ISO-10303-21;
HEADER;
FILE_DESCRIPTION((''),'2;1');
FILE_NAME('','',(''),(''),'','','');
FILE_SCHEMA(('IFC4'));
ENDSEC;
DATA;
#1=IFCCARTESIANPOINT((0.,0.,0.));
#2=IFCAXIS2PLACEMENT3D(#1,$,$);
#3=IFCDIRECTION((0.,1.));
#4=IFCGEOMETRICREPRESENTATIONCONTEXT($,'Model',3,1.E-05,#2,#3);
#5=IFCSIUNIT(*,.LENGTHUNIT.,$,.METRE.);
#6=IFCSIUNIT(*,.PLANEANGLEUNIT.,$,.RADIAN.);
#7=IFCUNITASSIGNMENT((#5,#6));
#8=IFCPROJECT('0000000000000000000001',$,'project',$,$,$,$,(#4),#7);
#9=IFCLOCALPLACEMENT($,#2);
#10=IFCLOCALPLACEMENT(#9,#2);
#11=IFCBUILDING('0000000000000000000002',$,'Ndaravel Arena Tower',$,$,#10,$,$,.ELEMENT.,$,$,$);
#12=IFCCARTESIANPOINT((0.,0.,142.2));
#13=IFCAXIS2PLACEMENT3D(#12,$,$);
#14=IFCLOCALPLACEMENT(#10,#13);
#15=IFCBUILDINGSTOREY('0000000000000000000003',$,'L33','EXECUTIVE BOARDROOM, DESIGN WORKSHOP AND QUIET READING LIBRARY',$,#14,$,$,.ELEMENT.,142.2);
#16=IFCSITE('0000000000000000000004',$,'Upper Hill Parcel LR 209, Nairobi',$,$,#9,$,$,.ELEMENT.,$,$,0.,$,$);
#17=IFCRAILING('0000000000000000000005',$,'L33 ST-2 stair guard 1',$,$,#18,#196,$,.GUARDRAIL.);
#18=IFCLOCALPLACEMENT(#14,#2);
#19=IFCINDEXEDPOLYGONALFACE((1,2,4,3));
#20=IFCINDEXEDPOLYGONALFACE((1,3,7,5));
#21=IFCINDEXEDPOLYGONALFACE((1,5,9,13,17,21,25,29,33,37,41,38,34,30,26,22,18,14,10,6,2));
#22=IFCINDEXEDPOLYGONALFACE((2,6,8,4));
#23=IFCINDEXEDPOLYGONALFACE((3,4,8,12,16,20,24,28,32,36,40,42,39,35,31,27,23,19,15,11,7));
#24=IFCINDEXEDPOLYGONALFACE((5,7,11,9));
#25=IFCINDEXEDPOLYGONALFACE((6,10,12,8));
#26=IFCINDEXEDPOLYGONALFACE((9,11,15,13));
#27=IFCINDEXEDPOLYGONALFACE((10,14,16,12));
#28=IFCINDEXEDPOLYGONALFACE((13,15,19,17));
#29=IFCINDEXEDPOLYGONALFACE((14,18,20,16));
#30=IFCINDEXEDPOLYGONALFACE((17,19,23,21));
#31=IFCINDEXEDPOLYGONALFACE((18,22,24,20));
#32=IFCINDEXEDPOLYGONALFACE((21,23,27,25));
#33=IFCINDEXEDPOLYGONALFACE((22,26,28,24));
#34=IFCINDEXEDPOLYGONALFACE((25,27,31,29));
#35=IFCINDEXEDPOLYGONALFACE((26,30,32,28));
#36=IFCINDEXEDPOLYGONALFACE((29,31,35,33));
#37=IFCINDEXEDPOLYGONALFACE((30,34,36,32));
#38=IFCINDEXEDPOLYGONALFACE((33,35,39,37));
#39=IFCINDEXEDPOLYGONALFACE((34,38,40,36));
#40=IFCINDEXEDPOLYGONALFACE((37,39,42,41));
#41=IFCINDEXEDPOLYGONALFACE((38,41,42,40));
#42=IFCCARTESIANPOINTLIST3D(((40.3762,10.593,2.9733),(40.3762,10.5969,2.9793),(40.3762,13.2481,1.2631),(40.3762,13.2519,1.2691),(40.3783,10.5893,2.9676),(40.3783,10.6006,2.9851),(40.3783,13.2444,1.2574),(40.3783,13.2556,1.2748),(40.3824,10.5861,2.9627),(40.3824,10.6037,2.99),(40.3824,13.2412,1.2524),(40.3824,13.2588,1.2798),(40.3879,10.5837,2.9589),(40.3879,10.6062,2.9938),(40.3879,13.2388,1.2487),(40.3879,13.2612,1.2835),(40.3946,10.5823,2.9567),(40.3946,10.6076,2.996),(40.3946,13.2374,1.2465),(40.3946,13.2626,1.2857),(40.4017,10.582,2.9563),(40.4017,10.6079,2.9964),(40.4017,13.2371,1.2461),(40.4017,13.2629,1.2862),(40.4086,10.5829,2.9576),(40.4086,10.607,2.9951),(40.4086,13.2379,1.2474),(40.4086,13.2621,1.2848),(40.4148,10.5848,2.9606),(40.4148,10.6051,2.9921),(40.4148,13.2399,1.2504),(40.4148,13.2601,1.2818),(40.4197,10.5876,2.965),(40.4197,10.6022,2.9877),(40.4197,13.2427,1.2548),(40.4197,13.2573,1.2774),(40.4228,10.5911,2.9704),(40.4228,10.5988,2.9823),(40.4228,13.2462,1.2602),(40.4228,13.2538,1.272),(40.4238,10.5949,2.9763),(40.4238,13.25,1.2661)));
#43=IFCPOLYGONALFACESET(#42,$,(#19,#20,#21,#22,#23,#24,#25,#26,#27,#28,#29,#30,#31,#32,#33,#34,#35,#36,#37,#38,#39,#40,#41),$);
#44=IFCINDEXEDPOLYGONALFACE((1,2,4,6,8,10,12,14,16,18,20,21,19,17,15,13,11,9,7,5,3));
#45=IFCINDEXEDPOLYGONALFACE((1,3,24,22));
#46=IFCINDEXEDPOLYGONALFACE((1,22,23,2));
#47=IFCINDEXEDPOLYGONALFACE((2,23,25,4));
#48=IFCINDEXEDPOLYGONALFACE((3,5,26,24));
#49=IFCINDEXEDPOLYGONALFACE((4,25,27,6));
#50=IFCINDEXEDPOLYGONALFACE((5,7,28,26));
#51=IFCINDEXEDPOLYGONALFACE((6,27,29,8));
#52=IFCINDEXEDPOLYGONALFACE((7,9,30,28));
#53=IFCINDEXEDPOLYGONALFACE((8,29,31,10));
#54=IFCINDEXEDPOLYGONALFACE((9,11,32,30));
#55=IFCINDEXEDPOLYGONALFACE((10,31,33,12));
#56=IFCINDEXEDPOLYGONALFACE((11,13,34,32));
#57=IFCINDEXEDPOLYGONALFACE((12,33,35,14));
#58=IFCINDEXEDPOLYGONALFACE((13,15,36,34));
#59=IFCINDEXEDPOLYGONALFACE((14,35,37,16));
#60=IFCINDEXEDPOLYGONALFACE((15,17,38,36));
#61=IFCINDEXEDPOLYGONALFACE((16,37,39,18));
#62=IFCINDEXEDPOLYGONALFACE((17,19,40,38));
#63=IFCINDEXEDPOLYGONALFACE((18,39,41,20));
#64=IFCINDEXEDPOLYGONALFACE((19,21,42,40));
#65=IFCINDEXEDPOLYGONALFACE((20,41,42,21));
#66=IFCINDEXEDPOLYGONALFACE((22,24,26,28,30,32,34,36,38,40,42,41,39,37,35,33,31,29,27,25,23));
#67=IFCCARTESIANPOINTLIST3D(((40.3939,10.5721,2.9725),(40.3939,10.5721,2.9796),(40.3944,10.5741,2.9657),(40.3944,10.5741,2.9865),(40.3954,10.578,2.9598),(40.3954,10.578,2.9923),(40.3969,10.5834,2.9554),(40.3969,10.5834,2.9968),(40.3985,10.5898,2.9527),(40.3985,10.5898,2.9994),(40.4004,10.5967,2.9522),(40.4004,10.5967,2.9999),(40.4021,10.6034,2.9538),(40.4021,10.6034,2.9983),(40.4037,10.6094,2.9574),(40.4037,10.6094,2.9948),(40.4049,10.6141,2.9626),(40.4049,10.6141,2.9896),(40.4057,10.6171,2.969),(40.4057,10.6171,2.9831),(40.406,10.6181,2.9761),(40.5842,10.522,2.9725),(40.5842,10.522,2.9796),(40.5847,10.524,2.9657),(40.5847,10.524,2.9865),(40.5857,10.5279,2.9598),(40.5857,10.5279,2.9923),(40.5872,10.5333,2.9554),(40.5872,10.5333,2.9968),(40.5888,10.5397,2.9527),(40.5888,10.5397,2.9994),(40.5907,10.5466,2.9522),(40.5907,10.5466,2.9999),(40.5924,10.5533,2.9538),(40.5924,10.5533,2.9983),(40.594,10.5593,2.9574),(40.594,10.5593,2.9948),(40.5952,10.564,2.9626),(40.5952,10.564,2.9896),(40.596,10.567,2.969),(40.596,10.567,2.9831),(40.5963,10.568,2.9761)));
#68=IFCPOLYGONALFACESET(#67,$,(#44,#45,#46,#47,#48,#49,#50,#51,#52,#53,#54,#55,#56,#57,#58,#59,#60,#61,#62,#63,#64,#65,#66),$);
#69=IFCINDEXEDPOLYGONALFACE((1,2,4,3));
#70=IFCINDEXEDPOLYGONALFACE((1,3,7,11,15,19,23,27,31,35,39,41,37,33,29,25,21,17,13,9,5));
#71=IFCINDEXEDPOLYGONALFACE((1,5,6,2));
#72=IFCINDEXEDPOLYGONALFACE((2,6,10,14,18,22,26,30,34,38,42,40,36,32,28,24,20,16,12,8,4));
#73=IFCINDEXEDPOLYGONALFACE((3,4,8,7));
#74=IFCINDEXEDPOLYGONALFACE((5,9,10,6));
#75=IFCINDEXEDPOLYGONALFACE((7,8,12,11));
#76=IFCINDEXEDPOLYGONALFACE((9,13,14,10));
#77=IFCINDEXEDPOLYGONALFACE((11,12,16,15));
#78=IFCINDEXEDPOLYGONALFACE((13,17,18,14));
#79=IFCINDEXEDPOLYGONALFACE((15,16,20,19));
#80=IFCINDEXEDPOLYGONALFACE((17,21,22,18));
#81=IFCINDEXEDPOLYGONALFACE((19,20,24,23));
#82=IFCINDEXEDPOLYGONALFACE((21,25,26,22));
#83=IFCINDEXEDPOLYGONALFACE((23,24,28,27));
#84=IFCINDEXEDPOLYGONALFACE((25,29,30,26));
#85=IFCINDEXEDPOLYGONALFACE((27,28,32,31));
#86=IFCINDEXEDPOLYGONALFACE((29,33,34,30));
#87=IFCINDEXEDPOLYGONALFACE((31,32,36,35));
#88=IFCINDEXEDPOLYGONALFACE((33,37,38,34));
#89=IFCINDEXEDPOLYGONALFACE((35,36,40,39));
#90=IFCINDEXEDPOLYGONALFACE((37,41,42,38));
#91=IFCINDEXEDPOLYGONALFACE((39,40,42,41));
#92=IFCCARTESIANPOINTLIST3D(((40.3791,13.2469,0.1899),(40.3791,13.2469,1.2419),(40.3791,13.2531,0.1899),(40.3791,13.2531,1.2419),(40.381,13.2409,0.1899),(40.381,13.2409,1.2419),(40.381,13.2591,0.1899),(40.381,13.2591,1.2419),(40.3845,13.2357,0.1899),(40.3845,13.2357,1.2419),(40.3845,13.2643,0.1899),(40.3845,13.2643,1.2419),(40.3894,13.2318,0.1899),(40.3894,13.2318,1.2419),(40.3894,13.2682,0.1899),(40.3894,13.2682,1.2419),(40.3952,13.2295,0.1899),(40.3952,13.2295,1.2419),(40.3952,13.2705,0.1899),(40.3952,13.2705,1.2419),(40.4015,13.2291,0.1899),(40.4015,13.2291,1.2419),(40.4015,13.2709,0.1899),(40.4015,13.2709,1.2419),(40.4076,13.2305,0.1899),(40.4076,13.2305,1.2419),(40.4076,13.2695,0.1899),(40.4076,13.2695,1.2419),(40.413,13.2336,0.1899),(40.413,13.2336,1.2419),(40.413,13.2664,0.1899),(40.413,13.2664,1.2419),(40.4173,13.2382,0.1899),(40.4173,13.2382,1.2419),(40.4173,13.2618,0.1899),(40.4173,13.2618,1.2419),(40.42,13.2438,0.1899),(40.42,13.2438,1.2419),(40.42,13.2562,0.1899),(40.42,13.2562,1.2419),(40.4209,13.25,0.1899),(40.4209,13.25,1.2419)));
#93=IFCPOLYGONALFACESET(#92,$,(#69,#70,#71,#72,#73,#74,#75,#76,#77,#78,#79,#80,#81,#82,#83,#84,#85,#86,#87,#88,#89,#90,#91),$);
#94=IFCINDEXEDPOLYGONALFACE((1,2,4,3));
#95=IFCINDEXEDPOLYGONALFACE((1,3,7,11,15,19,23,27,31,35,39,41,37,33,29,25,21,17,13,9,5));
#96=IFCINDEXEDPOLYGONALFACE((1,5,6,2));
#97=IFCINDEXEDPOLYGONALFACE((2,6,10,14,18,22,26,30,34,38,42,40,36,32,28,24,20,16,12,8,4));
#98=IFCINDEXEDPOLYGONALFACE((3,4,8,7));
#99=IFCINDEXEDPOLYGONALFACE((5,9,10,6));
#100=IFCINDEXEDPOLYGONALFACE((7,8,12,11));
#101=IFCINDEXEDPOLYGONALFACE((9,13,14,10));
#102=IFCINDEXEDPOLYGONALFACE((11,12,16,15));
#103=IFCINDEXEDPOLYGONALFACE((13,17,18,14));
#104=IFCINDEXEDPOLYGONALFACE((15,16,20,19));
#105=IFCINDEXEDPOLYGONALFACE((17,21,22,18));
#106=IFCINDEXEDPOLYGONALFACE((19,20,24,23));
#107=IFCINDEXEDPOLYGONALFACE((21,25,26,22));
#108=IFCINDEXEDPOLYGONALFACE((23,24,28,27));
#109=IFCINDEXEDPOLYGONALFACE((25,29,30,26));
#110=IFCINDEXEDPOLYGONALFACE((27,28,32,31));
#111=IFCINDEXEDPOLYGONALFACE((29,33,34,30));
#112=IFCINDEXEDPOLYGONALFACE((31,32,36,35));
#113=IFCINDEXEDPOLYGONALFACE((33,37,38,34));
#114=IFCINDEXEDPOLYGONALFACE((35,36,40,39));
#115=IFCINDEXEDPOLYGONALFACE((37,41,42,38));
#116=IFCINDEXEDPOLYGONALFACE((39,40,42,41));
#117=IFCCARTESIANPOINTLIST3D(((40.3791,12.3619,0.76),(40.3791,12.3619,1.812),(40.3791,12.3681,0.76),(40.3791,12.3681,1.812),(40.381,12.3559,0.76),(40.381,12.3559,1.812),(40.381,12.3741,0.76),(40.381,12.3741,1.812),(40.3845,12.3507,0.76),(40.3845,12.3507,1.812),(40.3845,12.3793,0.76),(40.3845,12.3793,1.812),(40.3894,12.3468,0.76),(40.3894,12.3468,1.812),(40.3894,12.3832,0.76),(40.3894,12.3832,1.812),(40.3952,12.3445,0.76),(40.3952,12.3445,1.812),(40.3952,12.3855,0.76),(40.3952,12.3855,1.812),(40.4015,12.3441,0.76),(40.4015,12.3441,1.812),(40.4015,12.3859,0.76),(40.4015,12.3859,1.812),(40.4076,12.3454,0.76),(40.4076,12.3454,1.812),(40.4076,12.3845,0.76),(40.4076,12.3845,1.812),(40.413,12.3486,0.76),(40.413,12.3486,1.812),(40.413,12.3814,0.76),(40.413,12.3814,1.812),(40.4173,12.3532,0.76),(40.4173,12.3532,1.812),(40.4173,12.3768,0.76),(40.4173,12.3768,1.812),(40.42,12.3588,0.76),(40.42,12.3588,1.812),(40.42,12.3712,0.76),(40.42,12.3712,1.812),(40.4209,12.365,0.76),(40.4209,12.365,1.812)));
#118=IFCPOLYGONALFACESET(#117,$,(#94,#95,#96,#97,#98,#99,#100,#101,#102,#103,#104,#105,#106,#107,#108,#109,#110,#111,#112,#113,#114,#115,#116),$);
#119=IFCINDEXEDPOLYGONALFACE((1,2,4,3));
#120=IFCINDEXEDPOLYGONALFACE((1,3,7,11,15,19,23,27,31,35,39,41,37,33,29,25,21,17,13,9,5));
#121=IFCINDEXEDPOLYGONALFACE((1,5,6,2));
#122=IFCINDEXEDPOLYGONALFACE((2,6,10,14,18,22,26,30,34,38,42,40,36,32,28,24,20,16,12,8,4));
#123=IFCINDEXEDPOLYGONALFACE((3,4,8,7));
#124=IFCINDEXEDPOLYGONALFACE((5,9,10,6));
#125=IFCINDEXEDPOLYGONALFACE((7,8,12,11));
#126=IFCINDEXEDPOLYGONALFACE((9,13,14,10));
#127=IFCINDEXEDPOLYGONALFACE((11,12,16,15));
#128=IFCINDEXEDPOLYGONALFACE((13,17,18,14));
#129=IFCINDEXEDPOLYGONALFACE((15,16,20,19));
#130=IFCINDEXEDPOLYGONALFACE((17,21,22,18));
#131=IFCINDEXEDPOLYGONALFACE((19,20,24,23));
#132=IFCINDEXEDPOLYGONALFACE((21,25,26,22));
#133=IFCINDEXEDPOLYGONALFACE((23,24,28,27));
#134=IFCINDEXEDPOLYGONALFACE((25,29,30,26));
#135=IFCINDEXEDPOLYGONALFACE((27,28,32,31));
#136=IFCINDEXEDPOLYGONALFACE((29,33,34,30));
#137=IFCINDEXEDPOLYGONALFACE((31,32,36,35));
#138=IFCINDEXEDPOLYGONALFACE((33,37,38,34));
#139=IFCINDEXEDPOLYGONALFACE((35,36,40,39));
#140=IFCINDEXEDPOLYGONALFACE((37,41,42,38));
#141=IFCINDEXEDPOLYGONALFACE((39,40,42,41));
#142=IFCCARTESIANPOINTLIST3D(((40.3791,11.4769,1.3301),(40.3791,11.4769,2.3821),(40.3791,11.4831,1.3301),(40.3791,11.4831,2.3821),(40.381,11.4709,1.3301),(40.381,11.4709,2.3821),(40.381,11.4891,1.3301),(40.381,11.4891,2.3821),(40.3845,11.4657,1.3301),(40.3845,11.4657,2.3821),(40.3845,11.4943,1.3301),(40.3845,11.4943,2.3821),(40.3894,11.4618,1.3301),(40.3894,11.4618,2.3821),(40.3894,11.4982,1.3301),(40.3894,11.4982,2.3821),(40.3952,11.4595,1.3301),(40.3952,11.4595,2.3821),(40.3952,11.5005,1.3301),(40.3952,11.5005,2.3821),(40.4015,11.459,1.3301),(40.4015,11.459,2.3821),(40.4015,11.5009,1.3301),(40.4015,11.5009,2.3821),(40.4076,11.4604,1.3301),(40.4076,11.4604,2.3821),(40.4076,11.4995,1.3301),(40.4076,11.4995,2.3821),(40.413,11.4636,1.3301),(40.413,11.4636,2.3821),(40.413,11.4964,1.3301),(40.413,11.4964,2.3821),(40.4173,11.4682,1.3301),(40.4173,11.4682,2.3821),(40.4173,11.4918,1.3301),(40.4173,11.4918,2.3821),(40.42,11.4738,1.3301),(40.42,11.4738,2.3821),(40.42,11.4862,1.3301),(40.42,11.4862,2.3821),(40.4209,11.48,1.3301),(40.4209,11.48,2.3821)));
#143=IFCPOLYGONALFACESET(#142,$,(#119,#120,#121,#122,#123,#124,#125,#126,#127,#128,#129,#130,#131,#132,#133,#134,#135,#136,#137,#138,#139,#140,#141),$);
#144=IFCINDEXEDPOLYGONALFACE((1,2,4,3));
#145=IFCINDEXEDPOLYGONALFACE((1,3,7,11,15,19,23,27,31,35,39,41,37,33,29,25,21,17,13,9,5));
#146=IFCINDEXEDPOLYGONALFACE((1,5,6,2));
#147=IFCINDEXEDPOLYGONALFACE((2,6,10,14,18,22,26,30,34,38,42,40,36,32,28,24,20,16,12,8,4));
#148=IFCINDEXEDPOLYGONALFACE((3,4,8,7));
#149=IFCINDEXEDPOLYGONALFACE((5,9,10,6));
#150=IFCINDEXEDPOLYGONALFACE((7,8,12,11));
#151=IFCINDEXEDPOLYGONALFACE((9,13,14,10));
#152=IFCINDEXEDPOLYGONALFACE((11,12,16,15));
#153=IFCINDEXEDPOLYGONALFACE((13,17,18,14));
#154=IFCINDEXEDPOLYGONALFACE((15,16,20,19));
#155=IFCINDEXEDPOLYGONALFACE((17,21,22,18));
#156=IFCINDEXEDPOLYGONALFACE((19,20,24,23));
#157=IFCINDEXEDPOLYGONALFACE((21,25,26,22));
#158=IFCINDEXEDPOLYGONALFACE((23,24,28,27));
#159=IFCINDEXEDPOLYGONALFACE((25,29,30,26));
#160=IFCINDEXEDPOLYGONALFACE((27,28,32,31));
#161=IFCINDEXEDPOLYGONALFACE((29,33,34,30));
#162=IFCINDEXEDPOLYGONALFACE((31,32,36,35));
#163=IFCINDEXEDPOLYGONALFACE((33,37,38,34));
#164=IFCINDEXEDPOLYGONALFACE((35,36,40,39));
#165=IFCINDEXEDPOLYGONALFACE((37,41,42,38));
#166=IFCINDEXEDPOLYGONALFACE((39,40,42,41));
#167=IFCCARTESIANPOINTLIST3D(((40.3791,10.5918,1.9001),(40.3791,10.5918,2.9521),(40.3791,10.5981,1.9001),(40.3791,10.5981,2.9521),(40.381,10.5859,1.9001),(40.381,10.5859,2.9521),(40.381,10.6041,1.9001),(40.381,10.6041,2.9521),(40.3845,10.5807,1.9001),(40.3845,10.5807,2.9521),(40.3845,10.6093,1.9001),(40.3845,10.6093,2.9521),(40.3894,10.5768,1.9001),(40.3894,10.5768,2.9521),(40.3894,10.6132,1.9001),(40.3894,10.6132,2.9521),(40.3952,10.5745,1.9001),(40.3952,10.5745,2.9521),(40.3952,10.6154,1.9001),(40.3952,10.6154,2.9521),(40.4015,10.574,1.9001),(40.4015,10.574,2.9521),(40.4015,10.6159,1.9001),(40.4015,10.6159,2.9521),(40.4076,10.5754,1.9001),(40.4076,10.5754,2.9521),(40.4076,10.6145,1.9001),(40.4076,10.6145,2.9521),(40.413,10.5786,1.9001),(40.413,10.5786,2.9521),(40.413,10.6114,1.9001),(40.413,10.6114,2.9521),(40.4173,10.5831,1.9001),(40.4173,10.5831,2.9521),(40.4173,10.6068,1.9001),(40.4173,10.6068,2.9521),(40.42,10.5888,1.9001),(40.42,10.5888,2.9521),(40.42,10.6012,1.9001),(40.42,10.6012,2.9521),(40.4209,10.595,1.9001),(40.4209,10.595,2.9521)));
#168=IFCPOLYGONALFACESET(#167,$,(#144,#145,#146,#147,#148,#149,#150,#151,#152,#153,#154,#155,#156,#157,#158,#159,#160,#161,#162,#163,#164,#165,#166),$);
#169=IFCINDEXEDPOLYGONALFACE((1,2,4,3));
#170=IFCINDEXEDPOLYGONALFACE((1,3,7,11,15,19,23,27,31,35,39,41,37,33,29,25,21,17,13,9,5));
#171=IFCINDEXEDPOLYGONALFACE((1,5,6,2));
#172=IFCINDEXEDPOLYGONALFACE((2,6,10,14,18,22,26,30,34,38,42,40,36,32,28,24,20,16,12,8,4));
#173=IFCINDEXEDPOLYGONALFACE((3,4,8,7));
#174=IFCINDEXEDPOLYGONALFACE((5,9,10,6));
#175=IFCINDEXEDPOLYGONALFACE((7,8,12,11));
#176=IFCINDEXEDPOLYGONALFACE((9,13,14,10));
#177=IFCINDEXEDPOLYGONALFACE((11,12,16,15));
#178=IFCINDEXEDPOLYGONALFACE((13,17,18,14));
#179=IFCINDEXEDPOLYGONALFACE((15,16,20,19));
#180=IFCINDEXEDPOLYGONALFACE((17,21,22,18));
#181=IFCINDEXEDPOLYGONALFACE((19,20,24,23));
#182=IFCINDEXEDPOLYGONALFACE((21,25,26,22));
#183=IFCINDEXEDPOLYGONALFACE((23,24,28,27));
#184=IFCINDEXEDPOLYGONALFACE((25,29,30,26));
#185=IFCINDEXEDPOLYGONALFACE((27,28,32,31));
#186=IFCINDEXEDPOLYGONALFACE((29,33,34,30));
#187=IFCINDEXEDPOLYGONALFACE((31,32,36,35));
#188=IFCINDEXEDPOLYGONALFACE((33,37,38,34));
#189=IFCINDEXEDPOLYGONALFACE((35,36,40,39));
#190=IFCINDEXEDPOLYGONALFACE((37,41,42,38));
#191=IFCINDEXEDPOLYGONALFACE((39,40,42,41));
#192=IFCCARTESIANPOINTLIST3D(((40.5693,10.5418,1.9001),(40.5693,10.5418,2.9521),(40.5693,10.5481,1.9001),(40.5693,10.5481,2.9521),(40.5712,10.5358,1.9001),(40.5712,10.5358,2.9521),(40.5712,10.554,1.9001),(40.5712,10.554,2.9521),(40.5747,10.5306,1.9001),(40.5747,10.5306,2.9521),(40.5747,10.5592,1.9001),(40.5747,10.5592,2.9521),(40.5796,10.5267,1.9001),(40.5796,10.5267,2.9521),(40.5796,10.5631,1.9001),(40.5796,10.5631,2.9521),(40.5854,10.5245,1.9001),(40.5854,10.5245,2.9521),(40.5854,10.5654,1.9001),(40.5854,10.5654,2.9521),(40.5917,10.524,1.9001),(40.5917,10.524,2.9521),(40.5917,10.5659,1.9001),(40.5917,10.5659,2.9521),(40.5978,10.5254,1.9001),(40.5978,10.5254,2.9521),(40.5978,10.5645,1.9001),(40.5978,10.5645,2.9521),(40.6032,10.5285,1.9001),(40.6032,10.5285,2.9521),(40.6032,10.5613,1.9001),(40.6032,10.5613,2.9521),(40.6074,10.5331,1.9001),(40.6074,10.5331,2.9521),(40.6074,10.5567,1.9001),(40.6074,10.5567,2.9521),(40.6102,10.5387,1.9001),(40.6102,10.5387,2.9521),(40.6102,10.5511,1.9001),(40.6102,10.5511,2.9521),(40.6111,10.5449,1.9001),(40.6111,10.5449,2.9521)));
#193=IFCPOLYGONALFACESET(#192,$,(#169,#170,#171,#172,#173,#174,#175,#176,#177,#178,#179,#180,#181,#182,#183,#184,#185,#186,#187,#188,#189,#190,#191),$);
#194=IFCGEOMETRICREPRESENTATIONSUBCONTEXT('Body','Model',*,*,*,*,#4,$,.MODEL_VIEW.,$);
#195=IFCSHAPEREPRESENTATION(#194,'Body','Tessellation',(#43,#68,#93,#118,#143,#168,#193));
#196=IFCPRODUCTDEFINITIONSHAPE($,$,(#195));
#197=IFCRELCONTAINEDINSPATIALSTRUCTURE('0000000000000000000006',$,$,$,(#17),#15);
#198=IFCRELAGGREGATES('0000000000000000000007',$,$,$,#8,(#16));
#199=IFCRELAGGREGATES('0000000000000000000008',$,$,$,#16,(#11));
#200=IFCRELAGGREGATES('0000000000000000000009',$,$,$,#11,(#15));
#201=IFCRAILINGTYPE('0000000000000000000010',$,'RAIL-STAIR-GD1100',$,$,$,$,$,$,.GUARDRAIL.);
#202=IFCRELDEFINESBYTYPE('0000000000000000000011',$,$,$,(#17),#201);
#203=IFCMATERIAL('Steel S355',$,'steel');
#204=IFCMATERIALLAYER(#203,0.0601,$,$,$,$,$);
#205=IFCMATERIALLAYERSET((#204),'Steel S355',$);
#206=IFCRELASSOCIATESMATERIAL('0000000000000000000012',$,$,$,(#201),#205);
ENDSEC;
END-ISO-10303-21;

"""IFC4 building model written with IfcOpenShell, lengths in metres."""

from ifc_helpers import new_model, si_unit, direction, frame, origin, origin_2d, place, context, subcontext, project, spatial, circle, extrude, material, layer, layer_set, type_object, element, save


model = new_model("IFC4")

# Units and contexts
model_context = context("Model", 3, precision=1e-05, world=origin(), true_north=direction((0.0, 1.0)))
body_context = subcontext(model_context, "Body", "Model", "MODEL_VIEW")
ifc_project = project(units=[si_unit("LENGTHUNIT", "METRE"), si_unit("PLANEANGLEUNIT", "RADIAN")], contexts=[model_context])

# Site, building, storey
site_placement = place(None, origin())
site = spatial("IfcSite", under=ifc_project, at=site_placement, Name="Upper Hill Parcel LR 209, Nairobi", CompositionType="ELEMENT", RefElevation=0.0)
building_placement = place(site_placement, origin())
building = spatial("IfcBuilding", under=site, at=building_placement, Name="Ndaravel Arena Tower", CompositionType="ELEMENT")
storey_placement = place(building_placement, frame((0.0, 0.0, 142.2)))
storey = spatial("IfcBuildingStorey", under=building, at=storey_placement, Name="L33", Description="EXECUTIVE BOARDROOM, DESIGN WORKSHOP AND QUIET READING LIBRARY", CompositionType="ELEMENT", Elevation=142.2)

# Railing
ifc_material_1 = material(Name="Steel S355", Category="steel")
ifc_layer_1 = layer(ifc_material_1, 0.0601)
ifc_layer_set_1 = layer_set([ifc_layer_1], Name="Steel S355")
railing_type_1 = type_object("IfcRailingType", Name="RAIL-STAIR-GD1100", PredefinedType="GUARDRAIL", material=ifc_layer_set_1)
railing_1_placement = place(storey_placement, frame((40.3999, 13.25, 0.1899)))
element("IfcRailing", 1, at=railing_1_placement, inside=storey, type_object=railing_type_1, Name="L33 ST-2 stair guard 1", PredefinedType="GUARDRAIL", context=body_context, shape_type="SweptSolid", body=[
    extrude(circle(Radius=0.0239, at=origin_2d()), frame((0.0, 0.0, 1.0762), z_axis=(0.0, -0.840688, 0.541519), x_axis=(1.0, 0.0, 0.0)), (0.0, 0.0, 1.0), 3.1582),
    extrude(circle(Radius=0.0239, at=origin_2d()), frame((0.0, -2.655, 2.7861), z_axis=(0.967075, -0.254493, 0.0), x_axis=(0.254493, 0.967075, 0.0)), (0.0, 0.0, 1.0), 0.1968),
    extrude(circle(Radius=0.021, at=origin_2d()), origin(), (0.0, 0.0, 1.0), 1.052),
    extrude(circle(Radius=0.021, at=origin_2d()), frame((0.0, -0.885, 0.5701)), (0.0, 0.0, 1.0), 1.052),
    extrude(circle(Radius=0.021, at=origin_2d()), frame((0.0, -1.77, 1.1401)), (0.0, 0.0, 1.0), 1.052),
    extrude(circle(Radius=0.021, at=origin_2d()), frame((0.0, -2.655, 1.7102)), (0.0, 0.0, 1.0), 1.052),
    extrude(circle(Radius=0.021, at=origin_2d()), frame((0.1902, -2.7051, 1.7102)), (0.0, 0.0, 1.0), 1.052),
])

save(model, "model.ifc")
